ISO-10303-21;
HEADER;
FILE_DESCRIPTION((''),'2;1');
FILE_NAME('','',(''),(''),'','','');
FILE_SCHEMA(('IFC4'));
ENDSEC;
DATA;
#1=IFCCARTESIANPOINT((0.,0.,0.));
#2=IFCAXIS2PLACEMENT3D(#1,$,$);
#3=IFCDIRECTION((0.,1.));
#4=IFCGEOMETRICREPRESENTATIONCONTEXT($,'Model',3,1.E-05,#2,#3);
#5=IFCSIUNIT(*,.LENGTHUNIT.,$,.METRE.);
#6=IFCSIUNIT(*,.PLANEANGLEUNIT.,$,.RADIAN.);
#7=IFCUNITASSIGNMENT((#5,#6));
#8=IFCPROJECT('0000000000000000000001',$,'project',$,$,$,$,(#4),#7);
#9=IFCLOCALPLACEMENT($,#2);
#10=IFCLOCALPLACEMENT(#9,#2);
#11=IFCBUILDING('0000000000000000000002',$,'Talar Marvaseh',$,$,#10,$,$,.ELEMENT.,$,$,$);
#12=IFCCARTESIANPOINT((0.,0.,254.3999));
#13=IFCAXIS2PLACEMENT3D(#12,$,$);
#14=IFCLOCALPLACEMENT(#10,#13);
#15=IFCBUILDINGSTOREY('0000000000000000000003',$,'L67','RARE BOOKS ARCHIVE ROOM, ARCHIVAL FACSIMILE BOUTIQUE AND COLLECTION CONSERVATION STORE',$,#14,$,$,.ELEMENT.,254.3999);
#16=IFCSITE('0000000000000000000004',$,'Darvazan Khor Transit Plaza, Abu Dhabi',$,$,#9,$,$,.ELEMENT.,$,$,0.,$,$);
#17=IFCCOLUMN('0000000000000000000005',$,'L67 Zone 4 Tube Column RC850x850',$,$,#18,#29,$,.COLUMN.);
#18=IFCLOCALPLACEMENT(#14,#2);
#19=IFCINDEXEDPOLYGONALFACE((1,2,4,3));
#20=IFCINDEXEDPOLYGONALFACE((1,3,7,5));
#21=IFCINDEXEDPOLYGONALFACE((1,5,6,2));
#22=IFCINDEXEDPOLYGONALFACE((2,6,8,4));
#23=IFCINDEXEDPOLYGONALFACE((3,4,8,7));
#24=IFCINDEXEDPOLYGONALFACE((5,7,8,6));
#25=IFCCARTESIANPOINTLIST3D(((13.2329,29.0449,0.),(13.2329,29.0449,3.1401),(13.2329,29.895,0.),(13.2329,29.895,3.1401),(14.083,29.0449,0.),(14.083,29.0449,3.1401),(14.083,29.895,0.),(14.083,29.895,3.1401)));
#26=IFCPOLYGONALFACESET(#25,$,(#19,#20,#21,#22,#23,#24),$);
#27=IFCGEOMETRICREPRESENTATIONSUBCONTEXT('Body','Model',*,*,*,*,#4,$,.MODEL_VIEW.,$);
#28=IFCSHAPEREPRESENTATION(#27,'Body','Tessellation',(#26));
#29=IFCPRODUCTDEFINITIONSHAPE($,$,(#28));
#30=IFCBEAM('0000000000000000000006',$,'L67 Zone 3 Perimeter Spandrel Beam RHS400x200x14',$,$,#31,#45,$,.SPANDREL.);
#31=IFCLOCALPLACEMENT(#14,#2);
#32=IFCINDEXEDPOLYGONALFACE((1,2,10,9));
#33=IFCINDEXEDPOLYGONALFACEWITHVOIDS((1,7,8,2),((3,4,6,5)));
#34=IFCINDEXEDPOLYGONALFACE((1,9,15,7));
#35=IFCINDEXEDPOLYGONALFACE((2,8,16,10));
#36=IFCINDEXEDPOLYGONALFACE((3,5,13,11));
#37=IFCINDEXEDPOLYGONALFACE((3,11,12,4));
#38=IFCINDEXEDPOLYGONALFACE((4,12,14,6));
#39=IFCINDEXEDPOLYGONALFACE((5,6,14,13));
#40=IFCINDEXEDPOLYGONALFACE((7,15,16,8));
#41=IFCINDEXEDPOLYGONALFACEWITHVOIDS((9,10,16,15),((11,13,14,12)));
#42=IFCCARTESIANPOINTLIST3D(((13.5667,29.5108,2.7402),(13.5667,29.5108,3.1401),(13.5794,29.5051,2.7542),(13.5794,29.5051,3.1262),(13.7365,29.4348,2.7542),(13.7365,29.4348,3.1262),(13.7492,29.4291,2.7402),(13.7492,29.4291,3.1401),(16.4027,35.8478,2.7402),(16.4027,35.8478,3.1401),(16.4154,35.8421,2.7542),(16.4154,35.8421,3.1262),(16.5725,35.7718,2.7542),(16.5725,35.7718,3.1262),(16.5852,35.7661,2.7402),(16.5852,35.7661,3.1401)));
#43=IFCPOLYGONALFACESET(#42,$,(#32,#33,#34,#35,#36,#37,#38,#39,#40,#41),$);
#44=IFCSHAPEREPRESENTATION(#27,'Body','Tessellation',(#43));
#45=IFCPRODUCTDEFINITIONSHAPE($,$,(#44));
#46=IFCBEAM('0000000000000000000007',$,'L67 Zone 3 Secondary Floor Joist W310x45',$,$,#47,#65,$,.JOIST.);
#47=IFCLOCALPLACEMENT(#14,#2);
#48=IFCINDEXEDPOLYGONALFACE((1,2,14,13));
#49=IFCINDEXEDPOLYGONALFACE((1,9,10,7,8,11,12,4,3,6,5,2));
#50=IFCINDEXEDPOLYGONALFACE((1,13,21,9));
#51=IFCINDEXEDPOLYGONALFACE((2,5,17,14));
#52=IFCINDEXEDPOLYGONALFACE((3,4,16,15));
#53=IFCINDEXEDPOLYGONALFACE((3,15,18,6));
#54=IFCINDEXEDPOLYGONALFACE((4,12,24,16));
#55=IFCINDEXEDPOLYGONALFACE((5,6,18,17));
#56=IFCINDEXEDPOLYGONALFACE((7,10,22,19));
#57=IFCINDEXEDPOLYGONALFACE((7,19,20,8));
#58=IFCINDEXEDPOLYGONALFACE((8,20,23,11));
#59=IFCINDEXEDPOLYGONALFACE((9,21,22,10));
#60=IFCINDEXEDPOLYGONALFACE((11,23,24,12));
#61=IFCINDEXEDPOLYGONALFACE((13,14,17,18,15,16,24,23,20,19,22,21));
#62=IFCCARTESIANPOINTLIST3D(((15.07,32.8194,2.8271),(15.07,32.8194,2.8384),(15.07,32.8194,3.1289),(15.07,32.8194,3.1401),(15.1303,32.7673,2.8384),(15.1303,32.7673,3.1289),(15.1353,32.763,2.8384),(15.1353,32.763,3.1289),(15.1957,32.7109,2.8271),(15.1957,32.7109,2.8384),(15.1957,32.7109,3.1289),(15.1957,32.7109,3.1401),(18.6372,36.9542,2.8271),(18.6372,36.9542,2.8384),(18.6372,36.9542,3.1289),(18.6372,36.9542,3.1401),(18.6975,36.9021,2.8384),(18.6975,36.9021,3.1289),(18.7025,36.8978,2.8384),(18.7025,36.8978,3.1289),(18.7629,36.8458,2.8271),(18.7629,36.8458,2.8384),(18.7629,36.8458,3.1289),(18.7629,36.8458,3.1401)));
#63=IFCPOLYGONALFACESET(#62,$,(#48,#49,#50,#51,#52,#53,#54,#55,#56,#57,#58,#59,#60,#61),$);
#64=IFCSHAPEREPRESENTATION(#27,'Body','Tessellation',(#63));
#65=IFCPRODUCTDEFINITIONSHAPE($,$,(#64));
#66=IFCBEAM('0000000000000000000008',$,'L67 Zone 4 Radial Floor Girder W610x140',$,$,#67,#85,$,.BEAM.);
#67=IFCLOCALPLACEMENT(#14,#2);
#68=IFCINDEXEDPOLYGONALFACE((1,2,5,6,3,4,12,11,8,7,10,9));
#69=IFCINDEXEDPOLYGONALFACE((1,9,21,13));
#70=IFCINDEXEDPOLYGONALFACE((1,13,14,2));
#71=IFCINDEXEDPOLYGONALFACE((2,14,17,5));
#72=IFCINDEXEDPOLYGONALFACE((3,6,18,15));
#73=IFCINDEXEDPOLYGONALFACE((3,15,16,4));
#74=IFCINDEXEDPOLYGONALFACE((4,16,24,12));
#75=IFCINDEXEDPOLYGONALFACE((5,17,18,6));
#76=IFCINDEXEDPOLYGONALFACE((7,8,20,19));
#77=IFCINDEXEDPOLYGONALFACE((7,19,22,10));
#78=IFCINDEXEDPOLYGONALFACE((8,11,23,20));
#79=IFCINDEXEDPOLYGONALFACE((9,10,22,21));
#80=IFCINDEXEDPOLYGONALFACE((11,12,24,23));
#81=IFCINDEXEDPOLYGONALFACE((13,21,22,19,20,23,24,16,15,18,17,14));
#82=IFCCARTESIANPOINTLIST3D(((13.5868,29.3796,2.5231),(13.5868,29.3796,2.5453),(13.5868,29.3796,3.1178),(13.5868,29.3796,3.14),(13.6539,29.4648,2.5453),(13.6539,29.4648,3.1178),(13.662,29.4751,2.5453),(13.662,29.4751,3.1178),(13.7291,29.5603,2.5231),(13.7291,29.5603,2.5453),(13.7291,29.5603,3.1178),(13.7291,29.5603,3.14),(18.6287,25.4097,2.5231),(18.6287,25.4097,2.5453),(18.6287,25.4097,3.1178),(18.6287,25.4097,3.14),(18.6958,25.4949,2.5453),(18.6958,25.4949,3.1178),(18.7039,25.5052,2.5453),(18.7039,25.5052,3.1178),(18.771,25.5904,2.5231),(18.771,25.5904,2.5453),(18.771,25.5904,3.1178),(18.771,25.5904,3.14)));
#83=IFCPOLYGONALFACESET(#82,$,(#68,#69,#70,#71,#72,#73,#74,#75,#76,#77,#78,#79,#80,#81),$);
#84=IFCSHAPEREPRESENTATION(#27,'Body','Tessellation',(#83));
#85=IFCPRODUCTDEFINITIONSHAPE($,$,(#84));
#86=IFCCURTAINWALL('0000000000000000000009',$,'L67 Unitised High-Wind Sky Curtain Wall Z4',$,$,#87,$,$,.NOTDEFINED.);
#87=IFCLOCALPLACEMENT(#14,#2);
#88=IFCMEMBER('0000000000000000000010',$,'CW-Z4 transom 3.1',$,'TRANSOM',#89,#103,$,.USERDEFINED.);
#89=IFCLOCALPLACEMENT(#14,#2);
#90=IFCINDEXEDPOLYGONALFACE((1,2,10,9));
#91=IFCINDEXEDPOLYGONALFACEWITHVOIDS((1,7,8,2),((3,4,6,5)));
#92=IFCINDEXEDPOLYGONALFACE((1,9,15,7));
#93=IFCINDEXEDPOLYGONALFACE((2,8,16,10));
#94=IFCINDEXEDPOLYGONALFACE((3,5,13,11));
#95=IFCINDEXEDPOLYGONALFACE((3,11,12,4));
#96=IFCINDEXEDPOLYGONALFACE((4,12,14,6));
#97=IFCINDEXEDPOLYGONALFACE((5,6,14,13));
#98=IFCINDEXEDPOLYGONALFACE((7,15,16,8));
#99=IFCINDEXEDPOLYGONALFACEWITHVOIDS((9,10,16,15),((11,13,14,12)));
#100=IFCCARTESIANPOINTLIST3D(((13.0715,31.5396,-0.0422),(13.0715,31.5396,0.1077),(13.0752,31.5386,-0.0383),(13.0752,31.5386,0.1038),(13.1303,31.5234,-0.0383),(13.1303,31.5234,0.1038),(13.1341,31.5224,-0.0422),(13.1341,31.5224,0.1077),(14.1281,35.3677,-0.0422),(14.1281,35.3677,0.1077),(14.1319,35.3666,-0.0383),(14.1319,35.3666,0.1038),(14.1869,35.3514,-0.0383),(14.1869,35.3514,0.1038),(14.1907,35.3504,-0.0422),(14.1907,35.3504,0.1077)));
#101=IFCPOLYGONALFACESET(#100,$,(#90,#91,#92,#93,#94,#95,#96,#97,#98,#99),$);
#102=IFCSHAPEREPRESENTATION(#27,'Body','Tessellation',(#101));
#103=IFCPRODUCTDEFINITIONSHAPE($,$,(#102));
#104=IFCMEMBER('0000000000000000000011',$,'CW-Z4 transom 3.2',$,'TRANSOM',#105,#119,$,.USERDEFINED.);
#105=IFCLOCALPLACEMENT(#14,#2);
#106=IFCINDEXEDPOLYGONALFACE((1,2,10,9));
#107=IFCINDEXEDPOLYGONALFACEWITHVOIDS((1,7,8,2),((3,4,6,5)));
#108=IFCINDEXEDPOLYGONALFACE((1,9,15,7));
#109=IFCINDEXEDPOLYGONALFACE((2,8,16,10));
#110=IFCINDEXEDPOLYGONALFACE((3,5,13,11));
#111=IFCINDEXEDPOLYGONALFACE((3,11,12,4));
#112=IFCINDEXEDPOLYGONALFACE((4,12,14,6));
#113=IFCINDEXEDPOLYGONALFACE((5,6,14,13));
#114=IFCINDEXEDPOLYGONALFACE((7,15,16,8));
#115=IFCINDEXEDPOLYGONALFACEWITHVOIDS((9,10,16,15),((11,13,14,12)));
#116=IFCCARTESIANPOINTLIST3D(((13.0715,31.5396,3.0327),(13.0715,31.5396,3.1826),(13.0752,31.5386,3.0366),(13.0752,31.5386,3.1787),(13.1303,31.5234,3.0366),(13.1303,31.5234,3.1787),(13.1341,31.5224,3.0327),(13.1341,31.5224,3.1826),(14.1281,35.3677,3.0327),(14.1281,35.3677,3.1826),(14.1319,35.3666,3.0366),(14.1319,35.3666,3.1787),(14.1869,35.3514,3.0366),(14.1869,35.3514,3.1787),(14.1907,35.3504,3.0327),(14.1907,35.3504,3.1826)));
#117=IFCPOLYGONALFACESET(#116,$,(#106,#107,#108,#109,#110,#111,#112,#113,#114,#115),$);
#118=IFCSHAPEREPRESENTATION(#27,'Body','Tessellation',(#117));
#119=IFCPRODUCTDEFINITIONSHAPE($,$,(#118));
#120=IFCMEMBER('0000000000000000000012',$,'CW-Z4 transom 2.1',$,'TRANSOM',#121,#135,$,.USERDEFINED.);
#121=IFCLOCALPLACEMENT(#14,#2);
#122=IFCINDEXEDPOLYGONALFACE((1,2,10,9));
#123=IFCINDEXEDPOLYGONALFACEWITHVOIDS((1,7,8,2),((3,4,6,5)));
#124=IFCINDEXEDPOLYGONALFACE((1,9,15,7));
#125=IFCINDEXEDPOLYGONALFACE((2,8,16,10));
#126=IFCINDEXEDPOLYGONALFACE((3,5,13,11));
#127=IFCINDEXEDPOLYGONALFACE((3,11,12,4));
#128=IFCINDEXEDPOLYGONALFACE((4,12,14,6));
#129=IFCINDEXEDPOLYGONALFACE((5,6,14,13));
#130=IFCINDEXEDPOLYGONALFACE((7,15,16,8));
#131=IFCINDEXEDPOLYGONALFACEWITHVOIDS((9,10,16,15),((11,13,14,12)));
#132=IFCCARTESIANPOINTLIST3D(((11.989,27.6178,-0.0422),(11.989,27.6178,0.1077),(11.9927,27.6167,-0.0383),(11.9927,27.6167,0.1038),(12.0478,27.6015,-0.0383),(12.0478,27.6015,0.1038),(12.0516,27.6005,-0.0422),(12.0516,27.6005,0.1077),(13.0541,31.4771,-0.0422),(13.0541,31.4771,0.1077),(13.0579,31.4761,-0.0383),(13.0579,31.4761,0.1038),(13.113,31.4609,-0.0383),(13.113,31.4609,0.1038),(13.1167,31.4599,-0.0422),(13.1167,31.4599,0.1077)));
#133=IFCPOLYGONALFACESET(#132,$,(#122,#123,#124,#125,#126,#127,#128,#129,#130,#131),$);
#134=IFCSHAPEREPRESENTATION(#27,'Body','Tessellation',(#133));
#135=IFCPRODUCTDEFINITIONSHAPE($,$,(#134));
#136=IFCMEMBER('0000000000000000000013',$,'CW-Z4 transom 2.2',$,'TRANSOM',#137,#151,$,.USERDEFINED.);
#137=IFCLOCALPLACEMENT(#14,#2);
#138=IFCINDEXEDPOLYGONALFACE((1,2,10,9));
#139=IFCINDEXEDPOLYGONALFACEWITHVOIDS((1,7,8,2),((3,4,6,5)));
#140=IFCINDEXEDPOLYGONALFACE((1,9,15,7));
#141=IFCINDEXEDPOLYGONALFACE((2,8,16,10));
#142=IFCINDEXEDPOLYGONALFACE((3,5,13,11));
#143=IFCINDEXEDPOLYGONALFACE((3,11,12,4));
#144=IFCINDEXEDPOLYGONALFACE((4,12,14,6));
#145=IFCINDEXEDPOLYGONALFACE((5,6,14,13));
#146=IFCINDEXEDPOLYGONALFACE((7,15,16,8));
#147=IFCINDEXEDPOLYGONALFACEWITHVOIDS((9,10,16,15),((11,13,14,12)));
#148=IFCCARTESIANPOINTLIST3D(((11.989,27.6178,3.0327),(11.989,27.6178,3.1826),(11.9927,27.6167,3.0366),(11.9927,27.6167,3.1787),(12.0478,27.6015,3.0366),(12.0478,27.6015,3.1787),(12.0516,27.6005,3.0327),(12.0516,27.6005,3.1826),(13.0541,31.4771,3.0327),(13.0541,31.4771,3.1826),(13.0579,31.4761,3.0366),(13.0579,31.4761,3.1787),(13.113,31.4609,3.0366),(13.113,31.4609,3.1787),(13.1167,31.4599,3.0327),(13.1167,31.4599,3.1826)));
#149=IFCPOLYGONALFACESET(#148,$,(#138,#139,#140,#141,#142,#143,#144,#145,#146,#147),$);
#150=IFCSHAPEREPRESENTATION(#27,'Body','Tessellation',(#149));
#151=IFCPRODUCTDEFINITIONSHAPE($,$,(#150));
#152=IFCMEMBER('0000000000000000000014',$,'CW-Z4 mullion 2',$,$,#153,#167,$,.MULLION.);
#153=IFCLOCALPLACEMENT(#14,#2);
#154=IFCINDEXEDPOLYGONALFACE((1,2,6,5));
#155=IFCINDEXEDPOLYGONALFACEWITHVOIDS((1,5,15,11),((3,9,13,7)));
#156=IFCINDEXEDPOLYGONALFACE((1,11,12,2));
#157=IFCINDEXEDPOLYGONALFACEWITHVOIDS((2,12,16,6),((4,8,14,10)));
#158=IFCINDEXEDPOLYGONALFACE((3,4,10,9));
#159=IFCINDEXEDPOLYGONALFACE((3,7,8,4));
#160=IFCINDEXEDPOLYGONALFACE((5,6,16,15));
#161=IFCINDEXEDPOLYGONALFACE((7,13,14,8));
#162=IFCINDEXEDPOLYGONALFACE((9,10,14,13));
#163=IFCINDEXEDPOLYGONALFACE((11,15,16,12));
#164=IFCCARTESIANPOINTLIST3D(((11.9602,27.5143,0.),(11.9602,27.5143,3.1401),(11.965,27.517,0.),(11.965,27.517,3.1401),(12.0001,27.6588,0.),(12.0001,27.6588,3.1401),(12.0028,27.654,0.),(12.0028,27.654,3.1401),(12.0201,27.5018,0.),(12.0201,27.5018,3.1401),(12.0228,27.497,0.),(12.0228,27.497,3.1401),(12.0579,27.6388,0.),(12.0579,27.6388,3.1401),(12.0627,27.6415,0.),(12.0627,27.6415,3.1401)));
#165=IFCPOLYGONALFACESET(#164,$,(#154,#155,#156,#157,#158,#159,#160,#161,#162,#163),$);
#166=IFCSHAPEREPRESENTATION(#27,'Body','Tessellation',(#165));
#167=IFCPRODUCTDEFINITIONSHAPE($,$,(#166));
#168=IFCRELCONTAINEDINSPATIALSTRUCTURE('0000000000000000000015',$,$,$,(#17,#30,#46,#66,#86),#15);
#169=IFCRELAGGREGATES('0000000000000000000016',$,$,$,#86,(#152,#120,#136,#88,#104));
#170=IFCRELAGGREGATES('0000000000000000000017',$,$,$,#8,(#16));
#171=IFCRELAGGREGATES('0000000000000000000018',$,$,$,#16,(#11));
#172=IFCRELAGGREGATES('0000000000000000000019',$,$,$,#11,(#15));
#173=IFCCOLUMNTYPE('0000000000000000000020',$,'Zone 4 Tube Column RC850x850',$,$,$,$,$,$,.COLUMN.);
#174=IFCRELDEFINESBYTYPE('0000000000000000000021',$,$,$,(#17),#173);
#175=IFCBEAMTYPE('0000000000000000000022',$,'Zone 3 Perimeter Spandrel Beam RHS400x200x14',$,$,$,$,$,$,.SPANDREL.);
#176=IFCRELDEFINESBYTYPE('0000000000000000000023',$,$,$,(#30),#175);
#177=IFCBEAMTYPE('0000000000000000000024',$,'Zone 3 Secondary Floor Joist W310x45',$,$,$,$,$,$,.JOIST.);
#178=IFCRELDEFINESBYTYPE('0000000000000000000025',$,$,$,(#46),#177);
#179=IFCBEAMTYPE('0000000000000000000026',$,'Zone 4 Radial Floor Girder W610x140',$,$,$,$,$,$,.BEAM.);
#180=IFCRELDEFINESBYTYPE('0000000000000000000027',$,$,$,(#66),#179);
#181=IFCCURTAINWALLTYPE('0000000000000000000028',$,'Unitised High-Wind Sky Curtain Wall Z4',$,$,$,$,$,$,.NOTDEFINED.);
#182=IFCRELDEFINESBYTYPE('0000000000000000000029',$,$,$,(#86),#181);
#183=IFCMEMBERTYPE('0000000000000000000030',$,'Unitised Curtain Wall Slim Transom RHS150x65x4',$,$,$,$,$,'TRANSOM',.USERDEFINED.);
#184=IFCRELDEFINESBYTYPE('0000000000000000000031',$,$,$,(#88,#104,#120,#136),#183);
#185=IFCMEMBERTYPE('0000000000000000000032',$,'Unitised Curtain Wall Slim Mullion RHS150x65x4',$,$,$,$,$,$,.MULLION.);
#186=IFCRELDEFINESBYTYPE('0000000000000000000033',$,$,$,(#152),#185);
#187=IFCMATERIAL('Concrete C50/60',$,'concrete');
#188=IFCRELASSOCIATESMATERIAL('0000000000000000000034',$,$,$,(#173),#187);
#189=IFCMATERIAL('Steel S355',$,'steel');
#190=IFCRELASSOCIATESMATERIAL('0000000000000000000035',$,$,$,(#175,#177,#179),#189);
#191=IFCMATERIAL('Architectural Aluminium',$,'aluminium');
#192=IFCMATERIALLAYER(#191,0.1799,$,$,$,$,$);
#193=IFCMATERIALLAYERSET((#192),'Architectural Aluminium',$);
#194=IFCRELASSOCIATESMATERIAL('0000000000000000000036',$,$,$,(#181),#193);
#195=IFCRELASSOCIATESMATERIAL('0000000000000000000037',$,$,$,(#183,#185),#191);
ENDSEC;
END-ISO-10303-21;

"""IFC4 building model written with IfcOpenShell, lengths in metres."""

from ifc_helpers import new_model, si_unit, direction, frame, origin, origin_2d, place, context, subcontext, project, spatial, rectangle, hollow_rectangle, i_section, extrude, source, transform, mapped, material, layer, layer_set, material_profile, profile_set, type_object, type_shapes, element, aggregate, save


model = new_model("IFC4")

# Units and contexts
model_context = context("Model", 3, precision=1e-05, world=origin(), true_north=direction((0.0, 1.0)))
body_context = subcontext(model_context, "Body", "Model", "MODEL_VIEW")
ifc_project = project(units=[si_unit("LENGTHUNIT", "METRE"), si_unit("PLANEANGLEUNIT", "RADIAN")], contexts=[model_context])

# Site, building, storey
site_placement = place(None, origin())
site = spatial("IfcSite", under=ifc_project, at=site_placement, Name="Darvazan Khor Transit Plaza, Abu Dhabi", CompositionType="ELEMENT", RefElevation=0.0)
building_placement = place(site_placement, origin())
building = spatial("IfcBuilding", under=site, at=building_placement, Name="Talar Marvaseh", CompositionType="ELEMENT")
storey_placement = place(building_placement, frame((0.0, 0.0, 254.3999)))
storey = spatial("IfcBuildingStorey", under=building, at=storey_placement, Name="L67", Description="RARE BOOKS ARCHIVE ROOM, ARCHIVAL FACSIMILE BOUTIQUE AND COLLECTION CONSERVATION STORE", CompositionType="ELEMENT", Elevation=254.3999)

# Column
ifc_material_1 = material(Name="Concrete C50/60", Category="concrete")
ifc_material_profile_1 = material_profile(ifc_material_1, rectangle(XDim=0.8501, YDim=0.8501, at=origin_2d()), Name="RC850x850")
ifc_profile_set_1 = profile_set([ifc_material_profile_1], Name="Concrete C50/60")
column_type = type_object("IfcColumnType", Name="Zone 4 Tube Column RC850x850", PredefinedType="COLUMN", material=ifc_profile_set_1)
column_placement = place(storey_placement, frame((13.658, 29.47, 0.0), z_axis=(0.0, 0.0, 1.0), x_axis=(1.0, 0.0, 0.0)))
element("IfcColumn", 1, at=column_placement, inside=storey, type_object=column_type, Name="L67 Zone 4 Tube Column RC850x850", PredefinedType="COLUMN", context=body_context, shape_type="SweptSolid", body=[
    extrude(rectangle(XDim=0.8501, YDim=0.8501, at=origin_2d()), origin(), (0.0, 0.0, 1.0), 3.1401),
])

# Beams
ifc_material_2 = material(Name="Steel S355", Category="steel")
ifc_material_profile_2 = material_profile(ifc_material_2, hollow_rectangle(XDim=0.2, YDim=0.3999, WallThickness=0.0139, at=origin_2d()), Name="RHS400x200x14")
ifc_profile_set_2 = profile_set([ifc_material_profile_2], Name="Steel S355")
beam_type_1 = type_object("IfcBeamType", Name="Zone 3 Perimeter Spandrel Beam RHS400x200x14", PredefinedType="SPANDREL", material=ifc_profile_set_2)
beam_1_placement = place(storey_placement, frame((13.658, 29.47, 2.9402), z_axis=(0.408486, 0.912764, 0.0), x_axis=(-0.912764, 0.408486, 0.0)))
element("IfcBeam", 2, at=beam_1_placement, inside=storey, type_object=beam_type_1, Name="L67 Zone 3 Perimeter Spandrel Beam RHS400x200x14", PredefinedType="SPANDREL", context=body_context, shape_type="SweptSolid", body=[
    extrude(hollow_rectangle(XDim=0.2, YDim=0.3999, WallThickness=0.0139, at=origin_2d()), origin(), (0.0, 0.0, 1.0), 6.9426),
])
ifc_material_profile_3 = material_profile(ifc_material_2, i_section(OverallWidth=0.166, OverallDepth=0.313, WebThickness=0.0066, FlangeThickness=0.0112, at=origin_2d()), Name="W310x45")
ifc_profile_set_3 = profile_set([ifc_material_profile_3], Name="Steel S355")
beam_type_2 = type_object("IfcBeamType", Name="Zone 3 Secondary Floor Joist W310x45", PredefinedType="JOIST", material=ifc_profile_set_3)
beam_2_placement = place(storey_placement, frame((15.1328, 32.7651, 2.9836), z_axis=(0.653222, 0.757167, 0.0), x_axis=(-0.757167, 0.653222, 0.0)))
element("IfcBeam", 3, at=beam_2_placement, inside=storey, type_object=beam_type_2, Name="L67 Zone 3 Secondary Floor Joist W310x45", PredefinedType="JOIST", context=body_context, shape_type="SweptSolid", body=[
    extrude(i_section(OverallWidth=0.166, OverallDepth=0.313, WebThickness=0.0066, FlangeThickness=0.0112, at=origin_2d()), origin(), (0.0, 0.0, 1.0), 5.4609),
])
ifc_material_profile_4 = material_profile(ifc_material_2, i_section(OverallWidth=0.23, OverallDepth=0.6169, WebThickness=0.0132, FlangeThickness=0.0222, at=origin_2d()), Name="W610x140")
ifc_profile_set_4 = profile_set([ifc_material_profile_4], Name="Steel S355")
beam_type_3 = type_object("IfcBeamType", Name="Zone 4 Radial Floor Girder W610x140", PredefinedType="BEAM", material=ifc_profile_set_4)
beam_3_placement = place(storey_placement, frame((13.658, 29.47, 2.8315), z_axis=(0.785682, -0.618631, 0.0), x_axis=(0.618631, 0.785682, 0.0)))
element("IfcBeam", 4, at=beam_3_placement, inside=storey, type_object=beam_type_3, Name="L67 Zone 4 Radial Floor Girder W610x140", PredefinedType="BEAM", context=body_context, shape_type="SweptSolid", body=[
    extrude(i_section(OverallWidth=0.23, OverallDepth=0.6169, WebThickness=0.0132, FlangeThickness=0.0222, at=origin_2d()), origin(), (0.0, 0.0, 1.0), 6.4172),
])

# Curtain wall, members
ifc_material_3 = material(Name="Architectural Aluminium", Category="aluminium")
ifc_layer_1 = layer(ifc_material_3, 0.1799)
ifc_layer_set_1 = layer_set([ifc_layer_1], Name="Architectural Aluminium")
curtain_wall_type = type_object("IfcCurtainWallType", Name="Unitised High-Wind Sky Curtain Wall Z4", PredefinedType="NOTDEFINED", material=ifc_layer_set_1)
curtain_wall_placement = place(storey_placement, origin())
curtain_wall = element("IfcCurtainWall", 5, at=curtain_wall_placement, inside=storey, type_object=curtain_wall_type, Name="L67 Unitised High-Wind Sky Curtain Wall Z4", PredefinedType="NOTDEFINED")
ifc_material_profile_5 = material_profile(ifc_material_3, hollow_rectangle(XDim=0.0649, YDim=0.1499, WallThickness=0.0039, at=origin_2d()), Name="RHS150x65x4")
ifc_profile_set_5 = profile_set([ifc_material_profile_5], Name="Architectural Aluminium")
member_type_1 = type_object("IfcMemberType", Name="Unitised Curtain Wall Slim Transom RHS150x65x4", ElementType="TRANSOM", PredefinedType="USERDEFINED", material=ifc_profile_set_5)
shared_shape_1 = source(origin(), body_context, "Body", "SweptSolid", [
    extrude(hollow_rectangle(XDim=0.0649, YDim=0.1499, WallThickness=0.0039, at=origin_2d()), origin(), (0.0, 0.0, 1.0), 3.9712),
])
member_1_placement = place(storey_placement, frame((13.1028, 31.531, 0.0327), z_axis=(0.266071, 0.963953, 0.0), x_axis=(-0.963953, 0.266071, 0.0)))
member_1 = element("IfcMember", 6, at=member_1_placement, type_object=member_type_1, Name="CW-Z4 transom 3.1", ObjectType="TRANSOM", PredefinedType="USERDEFINED", context=body_context, shape_type="MappedRepresentation", body=[
    mapped(shared_shape_1, transform((0.0, 0.0, 0.0), x_axis=(1.0, 0.0, 0.0), y_axis=(0.0, 1.0, 0.0), z_axis=(0.0, 0.0, 1.0), scale=1.0)),
])
member_2_placement = place(storey_placement, frame((13.1028, 31.531, 3.1077), z_axis=(0.266071, 0.963953, 0.0), x_axis=(-0.963953, 0.266071, 0.0)))
member_2 = element("IfcMember", 7, at=member_2_placement, type_object=member_type_1, Name="CW-Z4 transom 3.2", ObjectType="TRANSOM", PredefinedType="USERDEFINED", context=body_context, shape_type="MappedRepresentation", body=[
    mapped(shared_shape_1, transform((0.0, 0.0, 0.0), x_axis=(1.0, 0.0, 0.0), y_axis=(0.0, 1.0, 0.0), z_axis=(0.0, 0.0, 1.0), scale=1.0)),
])
shared_shape_2 = source(origin(), body_context, "Body", "SweptSolid", [
    extrude(hollow_rectangle(XDim=0.0649, YDim=0.1499, WallThickness=0.0039, at=origin_2d()), origin(), (0.0, 0.0, 1.0), 4.0037),
])
type_shapes(member_type_1, [shared_shape_1, shared_shape_2])
member_3_placement = place(storey_placement, frame((12.0203, 27.6091, 0.0327), z_axis=(0.266052, 0.963959, 0.0), x_axis=(-0.963959, 0.266052, 0.0)))
member_3 = element("IfcMember", 8, at=member_3_placement, type_object=member_type_1, Name="CW-Z4 transom 2.1", ObjectType="TRANSOM", PredefinedType="USERDEFINED", context=body_context, shape_type="MappedRepresentation", body=[
    mapped(shared_shape_2, transform((0.0, 0.0, 0.0), x_axis=(1.0, 0.0, 0.0), y_axis=(0.0, 1.0, 0.0), z_axis=(0.0, 0.0, 1.0), scale=1.0)),
])
member_4_placement = place(storey_placement, frame((12.0203, 27.6091, 3.1077), z_axis=(0.266052, 0.963959, 0.0), x_axis=(-0.963959, 0.266052, 0.0)))
member_4 = element("IfcMember", 9, at=member_4_placement, type_object=member_type_1, Name="CW-Z4 transom 2.2", ObjectType="TRANSOM", PredefinedType="USERDEFINED", context=body_context, shape_type="MappedRepresentation", body=[
    mapped(shared_shape_2, transform((0.0, 0.0, 0.0), x_axis=(1.0, 0.0, 0.0), y_axis=(0.0, 1.0, 0.0), z_axis=(0.0, 0.0, 1.0), scale=1.0)),
])
ifc_material_profile_6 = material_profile(ifc_material_3, hollow_rectangle(XDim=0.0649, YDim=0.1499, WallThickness=0.0039, at=origin_2d()), Name="RHS150x65x4")
ifc_profile_set_6 = profile_set([ifc_material_profile_6], Name="Architectural Aluminium")
member_type_2 = type_object("IfcMemberType", Name="Unitised Curtain Wall Slim Mullion RHS150x65x4", PredefinedType="MULLION", material=ifc_profile_set_6)
shared_shape_3 = source(origin(), body_context, "Body", "SweptSolid", [
    extrude(hollow_rectangle(XDim=0.0649, YDim=0.1499, WallThickness=0.0039, at=origin_2d()), origin(), (0.0, 0.0, 1.0), 3.1401),
])
type_shapes(member_type_2, [shared_shape_3])
member_5_placement = place(storey_placement, frame((12.0115, 27.5779, 0.0), z_axis=(0.0, 0.0, 1.0), x_axis=(-0.963948, 0.266091, 0.0)))
member_5 = element("IfcMember", 10, at=member_5_placement, type_object=member_type_2, Name="CW-Z4 mullion 2", PredefinedType="MULLION", context=body_context, shape_type="MappedRepresentation", body=[
    mapped(shared_shape_3, transform((0.0, 0.0, 0.0), x_axis=(1.0, 0.0, 0.0), y_axis=(0.0, 1.0, 0.0), z_axis=(0.0, 0.0, 1.0), scale=1.0)),
])
aggregate(curtain_wall, [member_5, member_3, member_4, member_1, member_2])

save(model, "model.ifc")
